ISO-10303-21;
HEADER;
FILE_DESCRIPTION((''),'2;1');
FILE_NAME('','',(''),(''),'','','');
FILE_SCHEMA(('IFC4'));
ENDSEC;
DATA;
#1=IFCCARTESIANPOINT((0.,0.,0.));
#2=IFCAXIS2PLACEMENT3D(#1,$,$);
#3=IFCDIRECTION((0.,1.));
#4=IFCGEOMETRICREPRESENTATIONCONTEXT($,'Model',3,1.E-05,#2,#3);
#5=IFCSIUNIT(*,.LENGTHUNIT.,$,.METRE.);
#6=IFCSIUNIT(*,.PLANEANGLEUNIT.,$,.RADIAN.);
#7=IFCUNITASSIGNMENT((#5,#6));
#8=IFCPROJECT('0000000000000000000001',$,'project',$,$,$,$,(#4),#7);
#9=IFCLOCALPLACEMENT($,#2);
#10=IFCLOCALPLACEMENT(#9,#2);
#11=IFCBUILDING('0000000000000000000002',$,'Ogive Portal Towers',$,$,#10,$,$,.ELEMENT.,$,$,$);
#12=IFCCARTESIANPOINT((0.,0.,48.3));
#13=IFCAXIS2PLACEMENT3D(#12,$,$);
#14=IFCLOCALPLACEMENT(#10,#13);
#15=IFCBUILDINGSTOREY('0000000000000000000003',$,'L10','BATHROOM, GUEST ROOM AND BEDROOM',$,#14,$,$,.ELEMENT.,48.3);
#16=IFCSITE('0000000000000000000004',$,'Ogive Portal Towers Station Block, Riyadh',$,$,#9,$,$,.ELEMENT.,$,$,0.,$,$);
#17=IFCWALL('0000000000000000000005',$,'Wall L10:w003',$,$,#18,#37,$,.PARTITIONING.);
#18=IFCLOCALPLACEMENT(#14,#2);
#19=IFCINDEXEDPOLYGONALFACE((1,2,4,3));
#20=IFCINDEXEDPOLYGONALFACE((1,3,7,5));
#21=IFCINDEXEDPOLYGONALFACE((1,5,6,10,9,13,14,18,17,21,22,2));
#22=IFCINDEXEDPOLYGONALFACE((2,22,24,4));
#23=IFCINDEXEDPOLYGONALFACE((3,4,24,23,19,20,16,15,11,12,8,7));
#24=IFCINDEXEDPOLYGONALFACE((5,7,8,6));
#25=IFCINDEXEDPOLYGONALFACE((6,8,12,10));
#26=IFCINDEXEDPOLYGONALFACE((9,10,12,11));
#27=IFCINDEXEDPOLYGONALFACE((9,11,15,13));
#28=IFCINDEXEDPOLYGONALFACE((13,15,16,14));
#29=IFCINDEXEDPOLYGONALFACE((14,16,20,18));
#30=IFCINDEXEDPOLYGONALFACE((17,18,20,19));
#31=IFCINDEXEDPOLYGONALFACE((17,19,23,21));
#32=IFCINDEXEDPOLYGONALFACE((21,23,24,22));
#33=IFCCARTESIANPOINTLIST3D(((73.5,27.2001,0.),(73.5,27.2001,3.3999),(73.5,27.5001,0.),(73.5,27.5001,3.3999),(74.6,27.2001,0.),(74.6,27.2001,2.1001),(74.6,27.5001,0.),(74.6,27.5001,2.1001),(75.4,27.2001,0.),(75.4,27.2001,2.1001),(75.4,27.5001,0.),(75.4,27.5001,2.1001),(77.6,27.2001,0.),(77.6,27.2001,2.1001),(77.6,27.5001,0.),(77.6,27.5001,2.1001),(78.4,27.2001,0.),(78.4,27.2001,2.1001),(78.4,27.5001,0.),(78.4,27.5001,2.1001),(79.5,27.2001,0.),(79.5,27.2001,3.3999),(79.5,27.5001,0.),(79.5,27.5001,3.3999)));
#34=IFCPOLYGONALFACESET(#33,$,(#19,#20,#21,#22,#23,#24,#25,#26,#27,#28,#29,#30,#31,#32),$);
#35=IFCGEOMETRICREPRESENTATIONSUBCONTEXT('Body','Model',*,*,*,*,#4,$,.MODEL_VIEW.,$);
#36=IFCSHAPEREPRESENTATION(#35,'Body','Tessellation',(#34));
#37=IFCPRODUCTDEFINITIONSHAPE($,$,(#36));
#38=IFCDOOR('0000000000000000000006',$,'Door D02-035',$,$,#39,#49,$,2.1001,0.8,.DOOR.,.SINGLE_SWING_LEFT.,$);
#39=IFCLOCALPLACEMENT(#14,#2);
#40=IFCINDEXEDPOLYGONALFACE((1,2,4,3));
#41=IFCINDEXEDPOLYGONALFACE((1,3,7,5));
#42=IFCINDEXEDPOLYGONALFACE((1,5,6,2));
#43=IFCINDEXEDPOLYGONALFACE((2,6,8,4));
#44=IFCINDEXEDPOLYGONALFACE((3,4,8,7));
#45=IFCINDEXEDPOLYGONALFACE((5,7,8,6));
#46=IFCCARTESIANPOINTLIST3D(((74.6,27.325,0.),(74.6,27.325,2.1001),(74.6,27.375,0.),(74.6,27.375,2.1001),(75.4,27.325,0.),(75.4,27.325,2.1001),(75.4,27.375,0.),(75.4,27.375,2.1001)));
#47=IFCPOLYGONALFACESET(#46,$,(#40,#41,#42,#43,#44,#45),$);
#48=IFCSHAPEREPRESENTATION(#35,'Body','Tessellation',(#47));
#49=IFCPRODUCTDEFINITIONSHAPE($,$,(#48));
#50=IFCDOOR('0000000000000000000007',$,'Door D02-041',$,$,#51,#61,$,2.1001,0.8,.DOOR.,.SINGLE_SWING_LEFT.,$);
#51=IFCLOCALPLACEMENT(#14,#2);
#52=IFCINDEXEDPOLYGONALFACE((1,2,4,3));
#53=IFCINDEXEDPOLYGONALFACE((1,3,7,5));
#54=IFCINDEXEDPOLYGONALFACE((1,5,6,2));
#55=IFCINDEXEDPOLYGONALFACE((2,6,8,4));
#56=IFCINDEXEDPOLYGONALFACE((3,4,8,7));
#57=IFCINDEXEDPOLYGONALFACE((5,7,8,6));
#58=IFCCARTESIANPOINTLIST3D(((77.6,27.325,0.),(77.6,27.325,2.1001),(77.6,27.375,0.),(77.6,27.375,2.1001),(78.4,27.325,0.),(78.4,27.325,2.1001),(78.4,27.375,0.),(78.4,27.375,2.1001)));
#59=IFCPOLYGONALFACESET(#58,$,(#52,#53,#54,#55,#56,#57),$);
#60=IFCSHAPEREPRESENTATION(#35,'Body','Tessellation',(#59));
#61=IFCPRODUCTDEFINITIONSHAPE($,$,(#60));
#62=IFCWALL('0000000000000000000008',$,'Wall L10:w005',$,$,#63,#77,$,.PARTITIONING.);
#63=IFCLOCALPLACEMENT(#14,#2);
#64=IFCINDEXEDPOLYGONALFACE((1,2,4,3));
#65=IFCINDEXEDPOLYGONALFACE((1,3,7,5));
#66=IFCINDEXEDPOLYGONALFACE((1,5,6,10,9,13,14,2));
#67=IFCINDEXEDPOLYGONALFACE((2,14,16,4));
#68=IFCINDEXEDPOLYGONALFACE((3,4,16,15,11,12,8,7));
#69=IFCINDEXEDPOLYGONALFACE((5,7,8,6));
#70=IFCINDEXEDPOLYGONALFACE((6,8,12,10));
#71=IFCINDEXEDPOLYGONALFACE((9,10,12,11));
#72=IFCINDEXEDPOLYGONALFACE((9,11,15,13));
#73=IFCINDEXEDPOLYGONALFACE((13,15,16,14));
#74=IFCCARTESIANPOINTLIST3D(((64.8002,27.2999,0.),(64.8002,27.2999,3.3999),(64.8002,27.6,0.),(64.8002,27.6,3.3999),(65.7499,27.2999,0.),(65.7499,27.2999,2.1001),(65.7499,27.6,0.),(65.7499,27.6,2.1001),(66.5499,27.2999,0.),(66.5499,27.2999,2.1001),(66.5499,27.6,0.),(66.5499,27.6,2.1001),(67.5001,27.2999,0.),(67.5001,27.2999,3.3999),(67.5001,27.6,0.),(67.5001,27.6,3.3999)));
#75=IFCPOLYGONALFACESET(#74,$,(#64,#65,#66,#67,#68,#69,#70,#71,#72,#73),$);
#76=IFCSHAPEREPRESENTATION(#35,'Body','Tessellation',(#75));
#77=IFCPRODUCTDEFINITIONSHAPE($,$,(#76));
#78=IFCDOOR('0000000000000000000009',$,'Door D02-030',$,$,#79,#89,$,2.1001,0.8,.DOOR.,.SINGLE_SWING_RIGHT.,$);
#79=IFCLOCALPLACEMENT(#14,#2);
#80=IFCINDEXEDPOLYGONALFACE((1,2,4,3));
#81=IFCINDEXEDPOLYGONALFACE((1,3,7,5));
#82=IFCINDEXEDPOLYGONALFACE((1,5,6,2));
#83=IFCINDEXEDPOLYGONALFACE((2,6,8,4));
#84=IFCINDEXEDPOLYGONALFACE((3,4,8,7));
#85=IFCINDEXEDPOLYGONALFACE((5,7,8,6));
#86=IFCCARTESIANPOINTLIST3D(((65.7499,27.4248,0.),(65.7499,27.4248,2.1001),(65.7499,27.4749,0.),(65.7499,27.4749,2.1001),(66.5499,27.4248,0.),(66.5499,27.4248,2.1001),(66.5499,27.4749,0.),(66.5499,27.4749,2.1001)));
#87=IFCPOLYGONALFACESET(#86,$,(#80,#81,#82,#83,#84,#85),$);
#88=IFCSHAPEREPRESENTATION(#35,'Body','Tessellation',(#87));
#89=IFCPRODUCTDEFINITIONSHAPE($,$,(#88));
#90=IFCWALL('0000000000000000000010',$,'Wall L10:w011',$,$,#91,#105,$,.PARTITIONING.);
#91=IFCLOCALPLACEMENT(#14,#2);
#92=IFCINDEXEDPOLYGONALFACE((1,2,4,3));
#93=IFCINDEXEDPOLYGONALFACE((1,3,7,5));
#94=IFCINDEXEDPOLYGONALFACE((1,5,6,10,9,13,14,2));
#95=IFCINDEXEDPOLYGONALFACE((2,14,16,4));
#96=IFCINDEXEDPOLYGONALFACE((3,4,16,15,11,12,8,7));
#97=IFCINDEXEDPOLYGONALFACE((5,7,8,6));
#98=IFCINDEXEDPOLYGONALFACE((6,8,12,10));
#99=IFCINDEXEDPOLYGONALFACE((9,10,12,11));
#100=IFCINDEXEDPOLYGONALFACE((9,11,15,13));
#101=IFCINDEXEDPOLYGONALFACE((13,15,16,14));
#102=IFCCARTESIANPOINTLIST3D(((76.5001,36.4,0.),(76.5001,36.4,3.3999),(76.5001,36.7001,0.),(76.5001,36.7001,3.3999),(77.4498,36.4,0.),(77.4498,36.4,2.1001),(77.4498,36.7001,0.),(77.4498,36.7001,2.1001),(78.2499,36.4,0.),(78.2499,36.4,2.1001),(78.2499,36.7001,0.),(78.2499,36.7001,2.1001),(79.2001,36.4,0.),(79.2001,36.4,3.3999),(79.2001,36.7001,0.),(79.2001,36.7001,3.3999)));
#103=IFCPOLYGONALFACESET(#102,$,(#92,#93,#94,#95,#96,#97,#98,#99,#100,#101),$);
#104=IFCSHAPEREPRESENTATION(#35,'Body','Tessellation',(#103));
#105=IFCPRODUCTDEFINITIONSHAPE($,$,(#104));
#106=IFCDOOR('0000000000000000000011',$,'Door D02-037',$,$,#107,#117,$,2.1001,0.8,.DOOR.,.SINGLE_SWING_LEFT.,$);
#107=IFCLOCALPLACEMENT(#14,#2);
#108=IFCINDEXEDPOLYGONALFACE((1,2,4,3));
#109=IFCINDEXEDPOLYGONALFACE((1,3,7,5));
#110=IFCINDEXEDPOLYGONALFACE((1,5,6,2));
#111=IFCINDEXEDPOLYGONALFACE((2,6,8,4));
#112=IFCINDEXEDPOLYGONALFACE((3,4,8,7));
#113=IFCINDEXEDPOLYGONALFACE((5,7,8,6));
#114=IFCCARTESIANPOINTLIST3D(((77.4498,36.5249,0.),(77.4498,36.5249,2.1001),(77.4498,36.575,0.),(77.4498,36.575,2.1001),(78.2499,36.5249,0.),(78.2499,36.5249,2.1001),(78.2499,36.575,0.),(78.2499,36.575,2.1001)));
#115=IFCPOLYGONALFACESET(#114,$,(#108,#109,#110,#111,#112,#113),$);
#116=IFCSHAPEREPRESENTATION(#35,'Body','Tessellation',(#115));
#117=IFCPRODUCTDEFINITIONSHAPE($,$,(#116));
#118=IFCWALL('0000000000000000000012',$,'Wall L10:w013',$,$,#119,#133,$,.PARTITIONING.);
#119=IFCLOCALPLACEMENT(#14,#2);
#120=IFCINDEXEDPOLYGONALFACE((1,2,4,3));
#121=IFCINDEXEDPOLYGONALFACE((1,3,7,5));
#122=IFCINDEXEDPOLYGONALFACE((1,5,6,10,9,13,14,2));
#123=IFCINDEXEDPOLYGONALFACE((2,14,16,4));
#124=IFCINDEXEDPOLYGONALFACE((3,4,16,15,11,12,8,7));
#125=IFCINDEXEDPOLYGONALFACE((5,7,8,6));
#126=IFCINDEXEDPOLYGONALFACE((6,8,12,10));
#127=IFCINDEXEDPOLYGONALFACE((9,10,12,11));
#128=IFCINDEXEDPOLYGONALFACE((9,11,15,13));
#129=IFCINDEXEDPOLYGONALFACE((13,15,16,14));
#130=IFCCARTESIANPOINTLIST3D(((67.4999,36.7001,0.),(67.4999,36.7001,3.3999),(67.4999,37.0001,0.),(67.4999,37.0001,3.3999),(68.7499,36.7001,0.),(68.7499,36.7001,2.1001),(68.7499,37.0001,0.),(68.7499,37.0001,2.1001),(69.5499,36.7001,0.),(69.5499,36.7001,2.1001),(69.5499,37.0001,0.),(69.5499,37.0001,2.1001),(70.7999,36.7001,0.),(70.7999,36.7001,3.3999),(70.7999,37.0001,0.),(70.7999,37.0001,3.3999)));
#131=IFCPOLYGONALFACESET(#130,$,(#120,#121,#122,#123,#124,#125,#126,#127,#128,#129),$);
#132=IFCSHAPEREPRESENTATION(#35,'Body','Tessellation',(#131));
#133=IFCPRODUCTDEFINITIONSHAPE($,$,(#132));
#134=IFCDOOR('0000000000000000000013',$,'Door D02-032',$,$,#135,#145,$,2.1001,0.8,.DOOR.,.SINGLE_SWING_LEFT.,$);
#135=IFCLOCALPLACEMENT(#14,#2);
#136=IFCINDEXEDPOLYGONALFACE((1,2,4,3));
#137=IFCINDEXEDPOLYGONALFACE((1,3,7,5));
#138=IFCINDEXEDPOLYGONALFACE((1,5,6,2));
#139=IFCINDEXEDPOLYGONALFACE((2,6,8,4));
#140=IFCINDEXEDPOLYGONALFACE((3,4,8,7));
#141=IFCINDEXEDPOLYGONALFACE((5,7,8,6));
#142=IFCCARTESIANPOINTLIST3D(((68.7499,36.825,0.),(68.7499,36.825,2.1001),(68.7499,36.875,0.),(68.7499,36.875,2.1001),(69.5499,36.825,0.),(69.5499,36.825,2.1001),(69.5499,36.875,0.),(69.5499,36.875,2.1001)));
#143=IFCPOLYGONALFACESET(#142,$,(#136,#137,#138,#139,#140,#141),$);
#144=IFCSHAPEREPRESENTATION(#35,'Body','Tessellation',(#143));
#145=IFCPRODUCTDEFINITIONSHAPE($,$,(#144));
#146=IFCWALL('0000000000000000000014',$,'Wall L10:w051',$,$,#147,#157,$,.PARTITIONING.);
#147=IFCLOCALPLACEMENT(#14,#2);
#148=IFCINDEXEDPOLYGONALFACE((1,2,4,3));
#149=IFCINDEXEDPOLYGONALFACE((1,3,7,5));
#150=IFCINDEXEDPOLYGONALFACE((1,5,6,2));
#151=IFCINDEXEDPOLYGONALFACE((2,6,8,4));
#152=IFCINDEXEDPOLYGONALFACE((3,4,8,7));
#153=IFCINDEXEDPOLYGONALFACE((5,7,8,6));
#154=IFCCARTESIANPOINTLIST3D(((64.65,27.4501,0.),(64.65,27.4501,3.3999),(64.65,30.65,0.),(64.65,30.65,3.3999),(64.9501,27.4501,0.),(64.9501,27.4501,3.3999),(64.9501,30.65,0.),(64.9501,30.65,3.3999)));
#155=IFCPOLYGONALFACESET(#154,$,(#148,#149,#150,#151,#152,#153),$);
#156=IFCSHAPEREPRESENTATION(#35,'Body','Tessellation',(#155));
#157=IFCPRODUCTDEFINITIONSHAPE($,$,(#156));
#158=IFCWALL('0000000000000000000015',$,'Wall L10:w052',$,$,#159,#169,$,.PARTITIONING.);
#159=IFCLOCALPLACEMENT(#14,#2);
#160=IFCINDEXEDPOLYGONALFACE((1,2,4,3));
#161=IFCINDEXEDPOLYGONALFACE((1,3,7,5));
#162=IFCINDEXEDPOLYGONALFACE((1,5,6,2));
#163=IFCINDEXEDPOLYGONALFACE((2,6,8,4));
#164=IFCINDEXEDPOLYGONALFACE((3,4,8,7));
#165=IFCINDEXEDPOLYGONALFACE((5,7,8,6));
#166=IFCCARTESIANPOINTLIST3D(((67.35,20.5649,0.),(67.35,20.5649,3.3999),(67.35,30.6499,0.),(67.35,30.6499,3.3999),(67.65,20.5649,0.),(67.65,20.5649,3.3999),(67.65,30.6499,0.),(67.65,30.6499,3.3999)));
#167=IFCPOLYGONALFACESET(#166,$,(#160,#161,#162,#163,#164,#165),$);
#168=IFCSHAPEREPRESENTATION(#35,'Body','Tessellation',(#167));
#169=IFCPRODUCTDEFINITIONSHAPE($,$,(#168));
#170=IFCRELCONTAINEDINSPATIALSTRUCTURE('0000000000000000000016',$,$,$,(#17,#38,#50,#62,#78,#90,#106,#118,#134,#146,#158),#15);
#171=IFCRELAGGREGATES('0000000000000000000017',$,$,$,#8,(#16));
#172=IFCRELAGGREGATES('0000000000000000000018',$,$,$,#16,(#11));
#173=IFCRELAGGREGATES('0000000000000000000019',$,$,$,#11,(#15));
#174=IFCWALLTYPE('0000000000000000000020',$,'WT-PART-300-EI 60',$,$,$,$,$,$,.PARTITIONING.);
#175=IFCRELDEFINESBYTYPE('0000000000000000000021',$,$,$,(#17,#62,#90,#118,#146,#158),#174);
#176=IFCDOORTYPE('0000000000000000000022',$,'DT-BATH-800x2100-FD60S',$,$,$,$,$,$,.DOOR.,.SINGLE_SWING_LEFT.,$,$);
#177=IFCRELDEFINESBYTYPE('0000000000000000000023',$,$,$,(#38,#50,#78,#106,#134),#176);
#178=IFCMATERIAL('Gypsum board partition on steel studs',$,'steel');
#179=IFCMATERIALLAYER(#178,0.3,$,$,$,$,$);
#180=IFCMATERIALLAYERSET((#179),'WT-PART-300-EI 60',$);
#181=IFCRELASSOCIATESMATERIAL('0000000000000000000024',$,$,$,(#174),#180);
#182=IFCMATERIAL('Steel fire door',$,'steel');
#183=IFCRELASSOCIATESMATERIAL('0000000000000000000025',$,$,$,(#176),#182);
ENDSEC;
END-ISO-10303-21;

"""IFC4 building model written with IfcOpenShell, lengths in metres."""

from ifc_helpers import new_model, si_unit, direction, frame, frame_2d, origin, place, context, subcontext, project, spatial, rectangle, extrude, material, layer, layer_set, type_object, element, fill, save


model = new_model("IFC4")

# Units and contexts
model_context = context("Model", 3, precision=1e-05, world=origin(), true_north=direction((0.0, 1.0)))
body_context = subcontext(model_context, "Body", "Model", "MODEL_VIEW")
ifc_project = project(units=[si_unit("LENGTHUNIT", "METRE"), si_unit("PLANEANGLEUNIT", "RADIAN")], contexts=[model_context])

# Site, building, storey
site_placement = place(None, origin())
site = spatial("IfcSite", under=ifc_project, at=site_placement, Name="Ogive Portal Towers Station Block, Riyadh", CompositionType="ELEMENT", RefElevation=0.0)
building_placement = place(site_placement, origin())
building = spatial("IfcBuilding", under=site, at=building_placement, Name="Ogive Portal Towers", CompositionType="ELEMENT")
storey_placement = place(building_placement, frame((0.0, 0.0, 48.3)))
storey = spatial("IfcBuildingStorey", under=building, at=storey_placement, Name="L10", Description="BATHROOM, GUEST ROOM AND BEDROOM", CompositionType="ELEMENT", Elevation=48.3)

# Shared definitions
ifc_material_1 = material(Name="Gypsum board partition on steel studs", Category="steel")
ifc_layer_1 = layer(ifc_material_1, 0.3)
ifc_layer_set_1 = layer_set([ifc_layer_1], Name="WT-PART-300-EI 60")
wall_type = type_object("IfcWallType", Name="WT-PART-300-EI 60", PredefinedType="PARTITIONING", material=ifc_layer_set_1)
ifc_material_2 = material(Name="Steel fire door", Category="steel")
door_type = type_object("IfcDoorType", Name="DT-BATH-800x2100-FD60S", OperationType="SINGLE_SWING_LEFT", PredefinedType="DOOR", material=ifc_material_2)

# Wall, openings, doors
wall_1_placement = place(storey_placement, frame((73.5, 27.3501, 0.0), z_axis=(0.0, 0.0, 1.0), x_axis=(1.0, 0.0, 0.0)))
wall_1 = element("IfcWall", 1, at=wall_1_placement, inside=storey, type_object=wall_type, Name="Wall L10:w003", PredefinedType="PARTITIONING", context=body_context, shape_type="SweptSolid", body=[
    extrude(rectangle(XDim=6.0, YDim=0.3, at=frame_2d((3.0, 0.0))), origin(), (0.0, 0.0, 1.0), 3.3999),
])
opening_1_placement = place(wall_1_placement, frame((1.1001, 0.0, 0.0)))
opening_1 = element("IfcOpeningElement", 2, at=opening_1_placement, cuts=wall_1, PredefinedType="OPENING", context=body_context, shape_type="SweptSolid", body=[
    extrude(rectangle(XDim=0.8, YDim=2.1001, at=frame_2d((0.3999, 1.05))), frame((0.0, 0.1602, 0.0), z_axis=(0.0, -1.0, 0.0), x_axis=(1.0, 0.0, 0.0)), (0.0, 0.0, 1.0), 0.3201),
])
opening_2_placement = place(wall_1_placement, frame((4.1001, 0.0, 0.0)))
opening_2 = element("IfcOpeningElement", 3, at=opening_2_placement, cuts=wall_1, PredefinedType="OPENING", context=body_context, shape_type="SweptSolid", body=[
    extrude(rectangle(XDim=0.8, YDim=2.1001, at=frame_2d((0.3999, 1.05))), frame((0.0, 0.1602, 0.0), z_axis=(0.0, -1.0, 0.0), x_axis=(1.0, 0.0, 0.0)), (0.0, 0.0, 1.0), 0.3201),
])
door_1_placement = place(opening_1_placement, origin())
door_1 = element("IfcDoor", 4, at=door_1_placement, inside=storey, type_object=door_type, Name="Door D02-035", OperationType="SINGLE_SWING_LEFT", OverallHeight=2.1001, OverallWidth=0.8, PredefinedType="DOOR", context=body_context, shape_type="SweptSolid", body=[
    extrude(rectangle(XDim=0.8, YDim=2.1001, at=frame_2d((0.3999, 1.05))), frame((0.0, 0.0249, 0.0), z_axis=(0.0, -1.0, 0.0), x_axis=(1.0, 0.0, 0.0)), (0.0, 0.0, 1.0), 0.05),
])
fill(opening_1, door_1)
door_2_placement = place(opening_2_placement, origin())
door_2 = element("IfcDoor", 5, at=door_2_placement, inside=storey, type_object=door_type, Name="Door D02-041", OperationType="SINGLE_SWING_LEFT", OverallHeight=2.1001, OverallWidth=0.8, PredefinedType="DOOR", context=body_context, shape_type="SweptSolid", body=[
    extrude(rectangle(XDim=0.8, YDim=2.1001, at=frame_2d((0.3999, 1.05))), frame((0.0, 0.0249, 0.0), z_axis=(0.0, -1.0, 0.0), x_axis=(1.0, 0.0, 0.0)), (0.0, 0.0, 1.0), 0.05),
])
fill(opening_2, door_2)

# Walls, openings, doors
wall_2_placement = place(storey_placement, frame((64.8, 27.45, 0.0), z_axis=(0.0, 0.0, 1.0), x_axis=(1.0, 0.0, 0.0)))
wall_2 = element("IfcWall", 6, at=wall_2_placement, inside=storey, type_object=wall_type, Name="Wall L10:w005", PredefinedType="PARTITIONING", context=body_context, shape_type="SweptSolid", body=[
    extrude(rectangle(XDim=2.7, YDim=0.3, at=frame_2d((1.3501, 0.0))), origin(), (0.0, 0.0, 1.0), 3.3999),
])
opening_3_placement = place(wall_2_placement, frame((0.95, 0.0, 0.0)))
opening_3 = element("IfcOpeningElement", 7, at=opening_3_placement, cuts=wall_2, PredefinedType="OPENING", context=body_context, shape_type="SweptSolid", body=[
    extrude(rectangle(XDim=0.8, YDim=2.1001, at=frame_2d((0.3999, 1.05))), frame((0.0, 0.1602, 0.0), z_axis=(0.0, -1.0, 0.0), x_axis=(1.0, 0.0, 0.0)), (0.0, 0.0, 1.0), 0.3201),
])
door_3_placement = place(opening_3_placement, origin())
door_3 = element("IfcDoor", 8, at=door_3_placement, inside=storey, type_object=door_type, Name="Door D02-030", OperationType="SINGLE_SWING_RIGHT", OverallHeight=2.1001, OverallWidth=0.8, PredefinedType="DOOR", context=body_context, shape_type="SweptSolid", body=[
    extrude(rectangle(XDim=0.8, YDim=2.1001, at=frame_2d((0.3999, 1.05))), frame((0.0, 0.0249, 0.0), z_axis=(0.0, -1.0, 0.0), x_axis=(1.0, 0.0, 0.0)), (0.0, 0.0, 1.0), 0.05),
])
fill(opening_3, door_3)
wall_3_placement = place(storey_placement, frame((76.5, 36.55, 0.0), z_axis=(0.0, 0.0, 1.0), x_axis=(1.0, 0.0, 0.0)))
wall_3 = element("IfcWall", 9, at=wall_3_placement, inside=storey, type_object=wall_type, Name="Wall L10:w011", PredefinedType="PARTITIONING", context=body_context, shape_type="SweptSolid", body=[
    extrude(rectangle(XDim=2.7, YDim=0.3, at=frame_2d((1.3501, 0.0))), origin(), (0.0, 0.0, 1.0), 3.3999),
])
opening_4_placement = place(wall_3_placement, frame((0.95, 0.0, 0.0)))
opening_4 = element("IfcOpeningElement", 10, at=opening_4_placement, cuts=wall_3, PredefinedType="OPENING", context=body_context, shape_type="SweptSolid", body=[
    extrude(rectangle(XDim=0.8, YDim=2.1001, at=frame_2d((0.3999, 1.05))), frame((0.0, 0.1602, 0.0), z_axis=(0.0, -1.0, 0.0), x_axis=(1.0, 0.0, 0.0)), (0.0, 0.0, 1.0), 0.3201),
])
door_4_placement = place(opening_4_placement, origin())
door_4 = element("IfcDoor", 11, at=door_4_placement, inside=storey, type_object=door_type, Name="Door D02-037", OperationType="SINGLE_SWING_LEFT", OverallHeight=2.1001, OverallWidth=0.8, PredefinedType="DOOR", context=body_context, shape_type="SweptSolid", body=[
    extrude(rectangle(XDim=0.8, YDim=2.1001, at=frame_2d((0.3999, 1.05))), frame((0.0, 0.0249, 0.0), z_axis=(0.0, -1.0, 0.0), x_axis=(1.0, 0.0, 0.0)), (0.0, 0.0, 1.0), 0.05),
])
fill(opening_4, door_4)
wall_4_placement = place(storey_placement, frame((67.5, 36.8501, 0.0), z_axis=(0.0, 0.0, 1.0), x_axis=(1.0, 0.0, 0.0)))
wall_4 = element("IfcWall", 12, at=wall_4_placement, inside=storey, type_object=wall_type, Name="Wall L10:w013", PredefinedType="PARTITIONING", context=body_context, shape_type="SweptSolid", body=[
    extrude(rectangle(XDim=3.3, YDim=0.3, at=frame_2d((1.6499, 0.0))), origin(), (0.0, 0.0, 1.0), 3.3999),
])
opening_5_placement = place(wall_4_placement, frame((1.25, 0.0, 0.0)))
opening_5 = element("IfcOpeningElement", 13, at=opening_5_placement, cuts=wall_4, PredefinedType="OPENING", context=body_context, shape_type="SweptSolid", body=[
    extrude(rectangle(XDim=0.8, YDim=2.1001, at=frame_2d((0.3999, 1.05))), frame((0.0, 0.1602, 0.0), z_axis=(0.0, -1.0, 0.0), x_axis=(1.0, 0.0, 0.0)), (0.0, 0.0, 1.0), 0.3201),
])
door_5_placement = place(opening_5_placement, origin())
door_5 = element("IfcDoor", 14, at=door_5_placement, inside=storey, type_object=door_type, Name="Door D02-032", OperationType="SINGLE_SWING_LEFT", OverallHeight=2.1001, OverallWidth=0.8, PredefinedType="DOOR", context=body_context, shape_type="SweptSolid", body=[
    extrude(rectangle(XDim=0.8, YDim=2.1001, at=frame_2d((0.3999, 1.05))), frame((0.0, 0.0249, 0.0), z_axis=(0.0, -1.0, 0.0), x_axis=(1.0, 0.0, 0.0)), (0.0, 0.0, 1.0), 0.05),
])
fill(opening_5, door_5)

# Walls
wall_5_placement = place(storey_placement, frame((64.8, 27.45, 0.0), z_axis=(0.0, 0.0, 1.0), x_axis=(0.0, 1.0, 0.0)))
element("IfcWall", 15, at=wall_5_placement, inside=storey, type_object=wall_type, Name="Wall L10:w051", PredefinedType="PARTITIONING", context=body_context, shape_type="SweptSolid", body=[
    extrude(rectangle(XDim=3.2, YDim=0.3, at=frame_2d((1.6001, 0.0))), origin(), (0.0, 0.0, 1.0), 3.3999),
])
wall_6_placement = place(storey_placement, frame((67.5, 20.5649, 0.0), z_axis=(0.0, 0.0, 1.0), x_axis=(0.0, 1.0, 0.0)))
element("IfcWall", 16, at=wall_6_placement, inside=storey, type_object=wall_type, Name="Wall L10:w052", PredefinedType="PARTITIONING", context=body_context, shape_type="SweptSolid", body=[
    extrude(rectangle(XDim=10.085, YDim=0.3, at=frame_2d((5.0425, 0.0))), origin(), (0.0, 0.0, 1.0), 3.3999),
])

save(model, "model.ifc")
